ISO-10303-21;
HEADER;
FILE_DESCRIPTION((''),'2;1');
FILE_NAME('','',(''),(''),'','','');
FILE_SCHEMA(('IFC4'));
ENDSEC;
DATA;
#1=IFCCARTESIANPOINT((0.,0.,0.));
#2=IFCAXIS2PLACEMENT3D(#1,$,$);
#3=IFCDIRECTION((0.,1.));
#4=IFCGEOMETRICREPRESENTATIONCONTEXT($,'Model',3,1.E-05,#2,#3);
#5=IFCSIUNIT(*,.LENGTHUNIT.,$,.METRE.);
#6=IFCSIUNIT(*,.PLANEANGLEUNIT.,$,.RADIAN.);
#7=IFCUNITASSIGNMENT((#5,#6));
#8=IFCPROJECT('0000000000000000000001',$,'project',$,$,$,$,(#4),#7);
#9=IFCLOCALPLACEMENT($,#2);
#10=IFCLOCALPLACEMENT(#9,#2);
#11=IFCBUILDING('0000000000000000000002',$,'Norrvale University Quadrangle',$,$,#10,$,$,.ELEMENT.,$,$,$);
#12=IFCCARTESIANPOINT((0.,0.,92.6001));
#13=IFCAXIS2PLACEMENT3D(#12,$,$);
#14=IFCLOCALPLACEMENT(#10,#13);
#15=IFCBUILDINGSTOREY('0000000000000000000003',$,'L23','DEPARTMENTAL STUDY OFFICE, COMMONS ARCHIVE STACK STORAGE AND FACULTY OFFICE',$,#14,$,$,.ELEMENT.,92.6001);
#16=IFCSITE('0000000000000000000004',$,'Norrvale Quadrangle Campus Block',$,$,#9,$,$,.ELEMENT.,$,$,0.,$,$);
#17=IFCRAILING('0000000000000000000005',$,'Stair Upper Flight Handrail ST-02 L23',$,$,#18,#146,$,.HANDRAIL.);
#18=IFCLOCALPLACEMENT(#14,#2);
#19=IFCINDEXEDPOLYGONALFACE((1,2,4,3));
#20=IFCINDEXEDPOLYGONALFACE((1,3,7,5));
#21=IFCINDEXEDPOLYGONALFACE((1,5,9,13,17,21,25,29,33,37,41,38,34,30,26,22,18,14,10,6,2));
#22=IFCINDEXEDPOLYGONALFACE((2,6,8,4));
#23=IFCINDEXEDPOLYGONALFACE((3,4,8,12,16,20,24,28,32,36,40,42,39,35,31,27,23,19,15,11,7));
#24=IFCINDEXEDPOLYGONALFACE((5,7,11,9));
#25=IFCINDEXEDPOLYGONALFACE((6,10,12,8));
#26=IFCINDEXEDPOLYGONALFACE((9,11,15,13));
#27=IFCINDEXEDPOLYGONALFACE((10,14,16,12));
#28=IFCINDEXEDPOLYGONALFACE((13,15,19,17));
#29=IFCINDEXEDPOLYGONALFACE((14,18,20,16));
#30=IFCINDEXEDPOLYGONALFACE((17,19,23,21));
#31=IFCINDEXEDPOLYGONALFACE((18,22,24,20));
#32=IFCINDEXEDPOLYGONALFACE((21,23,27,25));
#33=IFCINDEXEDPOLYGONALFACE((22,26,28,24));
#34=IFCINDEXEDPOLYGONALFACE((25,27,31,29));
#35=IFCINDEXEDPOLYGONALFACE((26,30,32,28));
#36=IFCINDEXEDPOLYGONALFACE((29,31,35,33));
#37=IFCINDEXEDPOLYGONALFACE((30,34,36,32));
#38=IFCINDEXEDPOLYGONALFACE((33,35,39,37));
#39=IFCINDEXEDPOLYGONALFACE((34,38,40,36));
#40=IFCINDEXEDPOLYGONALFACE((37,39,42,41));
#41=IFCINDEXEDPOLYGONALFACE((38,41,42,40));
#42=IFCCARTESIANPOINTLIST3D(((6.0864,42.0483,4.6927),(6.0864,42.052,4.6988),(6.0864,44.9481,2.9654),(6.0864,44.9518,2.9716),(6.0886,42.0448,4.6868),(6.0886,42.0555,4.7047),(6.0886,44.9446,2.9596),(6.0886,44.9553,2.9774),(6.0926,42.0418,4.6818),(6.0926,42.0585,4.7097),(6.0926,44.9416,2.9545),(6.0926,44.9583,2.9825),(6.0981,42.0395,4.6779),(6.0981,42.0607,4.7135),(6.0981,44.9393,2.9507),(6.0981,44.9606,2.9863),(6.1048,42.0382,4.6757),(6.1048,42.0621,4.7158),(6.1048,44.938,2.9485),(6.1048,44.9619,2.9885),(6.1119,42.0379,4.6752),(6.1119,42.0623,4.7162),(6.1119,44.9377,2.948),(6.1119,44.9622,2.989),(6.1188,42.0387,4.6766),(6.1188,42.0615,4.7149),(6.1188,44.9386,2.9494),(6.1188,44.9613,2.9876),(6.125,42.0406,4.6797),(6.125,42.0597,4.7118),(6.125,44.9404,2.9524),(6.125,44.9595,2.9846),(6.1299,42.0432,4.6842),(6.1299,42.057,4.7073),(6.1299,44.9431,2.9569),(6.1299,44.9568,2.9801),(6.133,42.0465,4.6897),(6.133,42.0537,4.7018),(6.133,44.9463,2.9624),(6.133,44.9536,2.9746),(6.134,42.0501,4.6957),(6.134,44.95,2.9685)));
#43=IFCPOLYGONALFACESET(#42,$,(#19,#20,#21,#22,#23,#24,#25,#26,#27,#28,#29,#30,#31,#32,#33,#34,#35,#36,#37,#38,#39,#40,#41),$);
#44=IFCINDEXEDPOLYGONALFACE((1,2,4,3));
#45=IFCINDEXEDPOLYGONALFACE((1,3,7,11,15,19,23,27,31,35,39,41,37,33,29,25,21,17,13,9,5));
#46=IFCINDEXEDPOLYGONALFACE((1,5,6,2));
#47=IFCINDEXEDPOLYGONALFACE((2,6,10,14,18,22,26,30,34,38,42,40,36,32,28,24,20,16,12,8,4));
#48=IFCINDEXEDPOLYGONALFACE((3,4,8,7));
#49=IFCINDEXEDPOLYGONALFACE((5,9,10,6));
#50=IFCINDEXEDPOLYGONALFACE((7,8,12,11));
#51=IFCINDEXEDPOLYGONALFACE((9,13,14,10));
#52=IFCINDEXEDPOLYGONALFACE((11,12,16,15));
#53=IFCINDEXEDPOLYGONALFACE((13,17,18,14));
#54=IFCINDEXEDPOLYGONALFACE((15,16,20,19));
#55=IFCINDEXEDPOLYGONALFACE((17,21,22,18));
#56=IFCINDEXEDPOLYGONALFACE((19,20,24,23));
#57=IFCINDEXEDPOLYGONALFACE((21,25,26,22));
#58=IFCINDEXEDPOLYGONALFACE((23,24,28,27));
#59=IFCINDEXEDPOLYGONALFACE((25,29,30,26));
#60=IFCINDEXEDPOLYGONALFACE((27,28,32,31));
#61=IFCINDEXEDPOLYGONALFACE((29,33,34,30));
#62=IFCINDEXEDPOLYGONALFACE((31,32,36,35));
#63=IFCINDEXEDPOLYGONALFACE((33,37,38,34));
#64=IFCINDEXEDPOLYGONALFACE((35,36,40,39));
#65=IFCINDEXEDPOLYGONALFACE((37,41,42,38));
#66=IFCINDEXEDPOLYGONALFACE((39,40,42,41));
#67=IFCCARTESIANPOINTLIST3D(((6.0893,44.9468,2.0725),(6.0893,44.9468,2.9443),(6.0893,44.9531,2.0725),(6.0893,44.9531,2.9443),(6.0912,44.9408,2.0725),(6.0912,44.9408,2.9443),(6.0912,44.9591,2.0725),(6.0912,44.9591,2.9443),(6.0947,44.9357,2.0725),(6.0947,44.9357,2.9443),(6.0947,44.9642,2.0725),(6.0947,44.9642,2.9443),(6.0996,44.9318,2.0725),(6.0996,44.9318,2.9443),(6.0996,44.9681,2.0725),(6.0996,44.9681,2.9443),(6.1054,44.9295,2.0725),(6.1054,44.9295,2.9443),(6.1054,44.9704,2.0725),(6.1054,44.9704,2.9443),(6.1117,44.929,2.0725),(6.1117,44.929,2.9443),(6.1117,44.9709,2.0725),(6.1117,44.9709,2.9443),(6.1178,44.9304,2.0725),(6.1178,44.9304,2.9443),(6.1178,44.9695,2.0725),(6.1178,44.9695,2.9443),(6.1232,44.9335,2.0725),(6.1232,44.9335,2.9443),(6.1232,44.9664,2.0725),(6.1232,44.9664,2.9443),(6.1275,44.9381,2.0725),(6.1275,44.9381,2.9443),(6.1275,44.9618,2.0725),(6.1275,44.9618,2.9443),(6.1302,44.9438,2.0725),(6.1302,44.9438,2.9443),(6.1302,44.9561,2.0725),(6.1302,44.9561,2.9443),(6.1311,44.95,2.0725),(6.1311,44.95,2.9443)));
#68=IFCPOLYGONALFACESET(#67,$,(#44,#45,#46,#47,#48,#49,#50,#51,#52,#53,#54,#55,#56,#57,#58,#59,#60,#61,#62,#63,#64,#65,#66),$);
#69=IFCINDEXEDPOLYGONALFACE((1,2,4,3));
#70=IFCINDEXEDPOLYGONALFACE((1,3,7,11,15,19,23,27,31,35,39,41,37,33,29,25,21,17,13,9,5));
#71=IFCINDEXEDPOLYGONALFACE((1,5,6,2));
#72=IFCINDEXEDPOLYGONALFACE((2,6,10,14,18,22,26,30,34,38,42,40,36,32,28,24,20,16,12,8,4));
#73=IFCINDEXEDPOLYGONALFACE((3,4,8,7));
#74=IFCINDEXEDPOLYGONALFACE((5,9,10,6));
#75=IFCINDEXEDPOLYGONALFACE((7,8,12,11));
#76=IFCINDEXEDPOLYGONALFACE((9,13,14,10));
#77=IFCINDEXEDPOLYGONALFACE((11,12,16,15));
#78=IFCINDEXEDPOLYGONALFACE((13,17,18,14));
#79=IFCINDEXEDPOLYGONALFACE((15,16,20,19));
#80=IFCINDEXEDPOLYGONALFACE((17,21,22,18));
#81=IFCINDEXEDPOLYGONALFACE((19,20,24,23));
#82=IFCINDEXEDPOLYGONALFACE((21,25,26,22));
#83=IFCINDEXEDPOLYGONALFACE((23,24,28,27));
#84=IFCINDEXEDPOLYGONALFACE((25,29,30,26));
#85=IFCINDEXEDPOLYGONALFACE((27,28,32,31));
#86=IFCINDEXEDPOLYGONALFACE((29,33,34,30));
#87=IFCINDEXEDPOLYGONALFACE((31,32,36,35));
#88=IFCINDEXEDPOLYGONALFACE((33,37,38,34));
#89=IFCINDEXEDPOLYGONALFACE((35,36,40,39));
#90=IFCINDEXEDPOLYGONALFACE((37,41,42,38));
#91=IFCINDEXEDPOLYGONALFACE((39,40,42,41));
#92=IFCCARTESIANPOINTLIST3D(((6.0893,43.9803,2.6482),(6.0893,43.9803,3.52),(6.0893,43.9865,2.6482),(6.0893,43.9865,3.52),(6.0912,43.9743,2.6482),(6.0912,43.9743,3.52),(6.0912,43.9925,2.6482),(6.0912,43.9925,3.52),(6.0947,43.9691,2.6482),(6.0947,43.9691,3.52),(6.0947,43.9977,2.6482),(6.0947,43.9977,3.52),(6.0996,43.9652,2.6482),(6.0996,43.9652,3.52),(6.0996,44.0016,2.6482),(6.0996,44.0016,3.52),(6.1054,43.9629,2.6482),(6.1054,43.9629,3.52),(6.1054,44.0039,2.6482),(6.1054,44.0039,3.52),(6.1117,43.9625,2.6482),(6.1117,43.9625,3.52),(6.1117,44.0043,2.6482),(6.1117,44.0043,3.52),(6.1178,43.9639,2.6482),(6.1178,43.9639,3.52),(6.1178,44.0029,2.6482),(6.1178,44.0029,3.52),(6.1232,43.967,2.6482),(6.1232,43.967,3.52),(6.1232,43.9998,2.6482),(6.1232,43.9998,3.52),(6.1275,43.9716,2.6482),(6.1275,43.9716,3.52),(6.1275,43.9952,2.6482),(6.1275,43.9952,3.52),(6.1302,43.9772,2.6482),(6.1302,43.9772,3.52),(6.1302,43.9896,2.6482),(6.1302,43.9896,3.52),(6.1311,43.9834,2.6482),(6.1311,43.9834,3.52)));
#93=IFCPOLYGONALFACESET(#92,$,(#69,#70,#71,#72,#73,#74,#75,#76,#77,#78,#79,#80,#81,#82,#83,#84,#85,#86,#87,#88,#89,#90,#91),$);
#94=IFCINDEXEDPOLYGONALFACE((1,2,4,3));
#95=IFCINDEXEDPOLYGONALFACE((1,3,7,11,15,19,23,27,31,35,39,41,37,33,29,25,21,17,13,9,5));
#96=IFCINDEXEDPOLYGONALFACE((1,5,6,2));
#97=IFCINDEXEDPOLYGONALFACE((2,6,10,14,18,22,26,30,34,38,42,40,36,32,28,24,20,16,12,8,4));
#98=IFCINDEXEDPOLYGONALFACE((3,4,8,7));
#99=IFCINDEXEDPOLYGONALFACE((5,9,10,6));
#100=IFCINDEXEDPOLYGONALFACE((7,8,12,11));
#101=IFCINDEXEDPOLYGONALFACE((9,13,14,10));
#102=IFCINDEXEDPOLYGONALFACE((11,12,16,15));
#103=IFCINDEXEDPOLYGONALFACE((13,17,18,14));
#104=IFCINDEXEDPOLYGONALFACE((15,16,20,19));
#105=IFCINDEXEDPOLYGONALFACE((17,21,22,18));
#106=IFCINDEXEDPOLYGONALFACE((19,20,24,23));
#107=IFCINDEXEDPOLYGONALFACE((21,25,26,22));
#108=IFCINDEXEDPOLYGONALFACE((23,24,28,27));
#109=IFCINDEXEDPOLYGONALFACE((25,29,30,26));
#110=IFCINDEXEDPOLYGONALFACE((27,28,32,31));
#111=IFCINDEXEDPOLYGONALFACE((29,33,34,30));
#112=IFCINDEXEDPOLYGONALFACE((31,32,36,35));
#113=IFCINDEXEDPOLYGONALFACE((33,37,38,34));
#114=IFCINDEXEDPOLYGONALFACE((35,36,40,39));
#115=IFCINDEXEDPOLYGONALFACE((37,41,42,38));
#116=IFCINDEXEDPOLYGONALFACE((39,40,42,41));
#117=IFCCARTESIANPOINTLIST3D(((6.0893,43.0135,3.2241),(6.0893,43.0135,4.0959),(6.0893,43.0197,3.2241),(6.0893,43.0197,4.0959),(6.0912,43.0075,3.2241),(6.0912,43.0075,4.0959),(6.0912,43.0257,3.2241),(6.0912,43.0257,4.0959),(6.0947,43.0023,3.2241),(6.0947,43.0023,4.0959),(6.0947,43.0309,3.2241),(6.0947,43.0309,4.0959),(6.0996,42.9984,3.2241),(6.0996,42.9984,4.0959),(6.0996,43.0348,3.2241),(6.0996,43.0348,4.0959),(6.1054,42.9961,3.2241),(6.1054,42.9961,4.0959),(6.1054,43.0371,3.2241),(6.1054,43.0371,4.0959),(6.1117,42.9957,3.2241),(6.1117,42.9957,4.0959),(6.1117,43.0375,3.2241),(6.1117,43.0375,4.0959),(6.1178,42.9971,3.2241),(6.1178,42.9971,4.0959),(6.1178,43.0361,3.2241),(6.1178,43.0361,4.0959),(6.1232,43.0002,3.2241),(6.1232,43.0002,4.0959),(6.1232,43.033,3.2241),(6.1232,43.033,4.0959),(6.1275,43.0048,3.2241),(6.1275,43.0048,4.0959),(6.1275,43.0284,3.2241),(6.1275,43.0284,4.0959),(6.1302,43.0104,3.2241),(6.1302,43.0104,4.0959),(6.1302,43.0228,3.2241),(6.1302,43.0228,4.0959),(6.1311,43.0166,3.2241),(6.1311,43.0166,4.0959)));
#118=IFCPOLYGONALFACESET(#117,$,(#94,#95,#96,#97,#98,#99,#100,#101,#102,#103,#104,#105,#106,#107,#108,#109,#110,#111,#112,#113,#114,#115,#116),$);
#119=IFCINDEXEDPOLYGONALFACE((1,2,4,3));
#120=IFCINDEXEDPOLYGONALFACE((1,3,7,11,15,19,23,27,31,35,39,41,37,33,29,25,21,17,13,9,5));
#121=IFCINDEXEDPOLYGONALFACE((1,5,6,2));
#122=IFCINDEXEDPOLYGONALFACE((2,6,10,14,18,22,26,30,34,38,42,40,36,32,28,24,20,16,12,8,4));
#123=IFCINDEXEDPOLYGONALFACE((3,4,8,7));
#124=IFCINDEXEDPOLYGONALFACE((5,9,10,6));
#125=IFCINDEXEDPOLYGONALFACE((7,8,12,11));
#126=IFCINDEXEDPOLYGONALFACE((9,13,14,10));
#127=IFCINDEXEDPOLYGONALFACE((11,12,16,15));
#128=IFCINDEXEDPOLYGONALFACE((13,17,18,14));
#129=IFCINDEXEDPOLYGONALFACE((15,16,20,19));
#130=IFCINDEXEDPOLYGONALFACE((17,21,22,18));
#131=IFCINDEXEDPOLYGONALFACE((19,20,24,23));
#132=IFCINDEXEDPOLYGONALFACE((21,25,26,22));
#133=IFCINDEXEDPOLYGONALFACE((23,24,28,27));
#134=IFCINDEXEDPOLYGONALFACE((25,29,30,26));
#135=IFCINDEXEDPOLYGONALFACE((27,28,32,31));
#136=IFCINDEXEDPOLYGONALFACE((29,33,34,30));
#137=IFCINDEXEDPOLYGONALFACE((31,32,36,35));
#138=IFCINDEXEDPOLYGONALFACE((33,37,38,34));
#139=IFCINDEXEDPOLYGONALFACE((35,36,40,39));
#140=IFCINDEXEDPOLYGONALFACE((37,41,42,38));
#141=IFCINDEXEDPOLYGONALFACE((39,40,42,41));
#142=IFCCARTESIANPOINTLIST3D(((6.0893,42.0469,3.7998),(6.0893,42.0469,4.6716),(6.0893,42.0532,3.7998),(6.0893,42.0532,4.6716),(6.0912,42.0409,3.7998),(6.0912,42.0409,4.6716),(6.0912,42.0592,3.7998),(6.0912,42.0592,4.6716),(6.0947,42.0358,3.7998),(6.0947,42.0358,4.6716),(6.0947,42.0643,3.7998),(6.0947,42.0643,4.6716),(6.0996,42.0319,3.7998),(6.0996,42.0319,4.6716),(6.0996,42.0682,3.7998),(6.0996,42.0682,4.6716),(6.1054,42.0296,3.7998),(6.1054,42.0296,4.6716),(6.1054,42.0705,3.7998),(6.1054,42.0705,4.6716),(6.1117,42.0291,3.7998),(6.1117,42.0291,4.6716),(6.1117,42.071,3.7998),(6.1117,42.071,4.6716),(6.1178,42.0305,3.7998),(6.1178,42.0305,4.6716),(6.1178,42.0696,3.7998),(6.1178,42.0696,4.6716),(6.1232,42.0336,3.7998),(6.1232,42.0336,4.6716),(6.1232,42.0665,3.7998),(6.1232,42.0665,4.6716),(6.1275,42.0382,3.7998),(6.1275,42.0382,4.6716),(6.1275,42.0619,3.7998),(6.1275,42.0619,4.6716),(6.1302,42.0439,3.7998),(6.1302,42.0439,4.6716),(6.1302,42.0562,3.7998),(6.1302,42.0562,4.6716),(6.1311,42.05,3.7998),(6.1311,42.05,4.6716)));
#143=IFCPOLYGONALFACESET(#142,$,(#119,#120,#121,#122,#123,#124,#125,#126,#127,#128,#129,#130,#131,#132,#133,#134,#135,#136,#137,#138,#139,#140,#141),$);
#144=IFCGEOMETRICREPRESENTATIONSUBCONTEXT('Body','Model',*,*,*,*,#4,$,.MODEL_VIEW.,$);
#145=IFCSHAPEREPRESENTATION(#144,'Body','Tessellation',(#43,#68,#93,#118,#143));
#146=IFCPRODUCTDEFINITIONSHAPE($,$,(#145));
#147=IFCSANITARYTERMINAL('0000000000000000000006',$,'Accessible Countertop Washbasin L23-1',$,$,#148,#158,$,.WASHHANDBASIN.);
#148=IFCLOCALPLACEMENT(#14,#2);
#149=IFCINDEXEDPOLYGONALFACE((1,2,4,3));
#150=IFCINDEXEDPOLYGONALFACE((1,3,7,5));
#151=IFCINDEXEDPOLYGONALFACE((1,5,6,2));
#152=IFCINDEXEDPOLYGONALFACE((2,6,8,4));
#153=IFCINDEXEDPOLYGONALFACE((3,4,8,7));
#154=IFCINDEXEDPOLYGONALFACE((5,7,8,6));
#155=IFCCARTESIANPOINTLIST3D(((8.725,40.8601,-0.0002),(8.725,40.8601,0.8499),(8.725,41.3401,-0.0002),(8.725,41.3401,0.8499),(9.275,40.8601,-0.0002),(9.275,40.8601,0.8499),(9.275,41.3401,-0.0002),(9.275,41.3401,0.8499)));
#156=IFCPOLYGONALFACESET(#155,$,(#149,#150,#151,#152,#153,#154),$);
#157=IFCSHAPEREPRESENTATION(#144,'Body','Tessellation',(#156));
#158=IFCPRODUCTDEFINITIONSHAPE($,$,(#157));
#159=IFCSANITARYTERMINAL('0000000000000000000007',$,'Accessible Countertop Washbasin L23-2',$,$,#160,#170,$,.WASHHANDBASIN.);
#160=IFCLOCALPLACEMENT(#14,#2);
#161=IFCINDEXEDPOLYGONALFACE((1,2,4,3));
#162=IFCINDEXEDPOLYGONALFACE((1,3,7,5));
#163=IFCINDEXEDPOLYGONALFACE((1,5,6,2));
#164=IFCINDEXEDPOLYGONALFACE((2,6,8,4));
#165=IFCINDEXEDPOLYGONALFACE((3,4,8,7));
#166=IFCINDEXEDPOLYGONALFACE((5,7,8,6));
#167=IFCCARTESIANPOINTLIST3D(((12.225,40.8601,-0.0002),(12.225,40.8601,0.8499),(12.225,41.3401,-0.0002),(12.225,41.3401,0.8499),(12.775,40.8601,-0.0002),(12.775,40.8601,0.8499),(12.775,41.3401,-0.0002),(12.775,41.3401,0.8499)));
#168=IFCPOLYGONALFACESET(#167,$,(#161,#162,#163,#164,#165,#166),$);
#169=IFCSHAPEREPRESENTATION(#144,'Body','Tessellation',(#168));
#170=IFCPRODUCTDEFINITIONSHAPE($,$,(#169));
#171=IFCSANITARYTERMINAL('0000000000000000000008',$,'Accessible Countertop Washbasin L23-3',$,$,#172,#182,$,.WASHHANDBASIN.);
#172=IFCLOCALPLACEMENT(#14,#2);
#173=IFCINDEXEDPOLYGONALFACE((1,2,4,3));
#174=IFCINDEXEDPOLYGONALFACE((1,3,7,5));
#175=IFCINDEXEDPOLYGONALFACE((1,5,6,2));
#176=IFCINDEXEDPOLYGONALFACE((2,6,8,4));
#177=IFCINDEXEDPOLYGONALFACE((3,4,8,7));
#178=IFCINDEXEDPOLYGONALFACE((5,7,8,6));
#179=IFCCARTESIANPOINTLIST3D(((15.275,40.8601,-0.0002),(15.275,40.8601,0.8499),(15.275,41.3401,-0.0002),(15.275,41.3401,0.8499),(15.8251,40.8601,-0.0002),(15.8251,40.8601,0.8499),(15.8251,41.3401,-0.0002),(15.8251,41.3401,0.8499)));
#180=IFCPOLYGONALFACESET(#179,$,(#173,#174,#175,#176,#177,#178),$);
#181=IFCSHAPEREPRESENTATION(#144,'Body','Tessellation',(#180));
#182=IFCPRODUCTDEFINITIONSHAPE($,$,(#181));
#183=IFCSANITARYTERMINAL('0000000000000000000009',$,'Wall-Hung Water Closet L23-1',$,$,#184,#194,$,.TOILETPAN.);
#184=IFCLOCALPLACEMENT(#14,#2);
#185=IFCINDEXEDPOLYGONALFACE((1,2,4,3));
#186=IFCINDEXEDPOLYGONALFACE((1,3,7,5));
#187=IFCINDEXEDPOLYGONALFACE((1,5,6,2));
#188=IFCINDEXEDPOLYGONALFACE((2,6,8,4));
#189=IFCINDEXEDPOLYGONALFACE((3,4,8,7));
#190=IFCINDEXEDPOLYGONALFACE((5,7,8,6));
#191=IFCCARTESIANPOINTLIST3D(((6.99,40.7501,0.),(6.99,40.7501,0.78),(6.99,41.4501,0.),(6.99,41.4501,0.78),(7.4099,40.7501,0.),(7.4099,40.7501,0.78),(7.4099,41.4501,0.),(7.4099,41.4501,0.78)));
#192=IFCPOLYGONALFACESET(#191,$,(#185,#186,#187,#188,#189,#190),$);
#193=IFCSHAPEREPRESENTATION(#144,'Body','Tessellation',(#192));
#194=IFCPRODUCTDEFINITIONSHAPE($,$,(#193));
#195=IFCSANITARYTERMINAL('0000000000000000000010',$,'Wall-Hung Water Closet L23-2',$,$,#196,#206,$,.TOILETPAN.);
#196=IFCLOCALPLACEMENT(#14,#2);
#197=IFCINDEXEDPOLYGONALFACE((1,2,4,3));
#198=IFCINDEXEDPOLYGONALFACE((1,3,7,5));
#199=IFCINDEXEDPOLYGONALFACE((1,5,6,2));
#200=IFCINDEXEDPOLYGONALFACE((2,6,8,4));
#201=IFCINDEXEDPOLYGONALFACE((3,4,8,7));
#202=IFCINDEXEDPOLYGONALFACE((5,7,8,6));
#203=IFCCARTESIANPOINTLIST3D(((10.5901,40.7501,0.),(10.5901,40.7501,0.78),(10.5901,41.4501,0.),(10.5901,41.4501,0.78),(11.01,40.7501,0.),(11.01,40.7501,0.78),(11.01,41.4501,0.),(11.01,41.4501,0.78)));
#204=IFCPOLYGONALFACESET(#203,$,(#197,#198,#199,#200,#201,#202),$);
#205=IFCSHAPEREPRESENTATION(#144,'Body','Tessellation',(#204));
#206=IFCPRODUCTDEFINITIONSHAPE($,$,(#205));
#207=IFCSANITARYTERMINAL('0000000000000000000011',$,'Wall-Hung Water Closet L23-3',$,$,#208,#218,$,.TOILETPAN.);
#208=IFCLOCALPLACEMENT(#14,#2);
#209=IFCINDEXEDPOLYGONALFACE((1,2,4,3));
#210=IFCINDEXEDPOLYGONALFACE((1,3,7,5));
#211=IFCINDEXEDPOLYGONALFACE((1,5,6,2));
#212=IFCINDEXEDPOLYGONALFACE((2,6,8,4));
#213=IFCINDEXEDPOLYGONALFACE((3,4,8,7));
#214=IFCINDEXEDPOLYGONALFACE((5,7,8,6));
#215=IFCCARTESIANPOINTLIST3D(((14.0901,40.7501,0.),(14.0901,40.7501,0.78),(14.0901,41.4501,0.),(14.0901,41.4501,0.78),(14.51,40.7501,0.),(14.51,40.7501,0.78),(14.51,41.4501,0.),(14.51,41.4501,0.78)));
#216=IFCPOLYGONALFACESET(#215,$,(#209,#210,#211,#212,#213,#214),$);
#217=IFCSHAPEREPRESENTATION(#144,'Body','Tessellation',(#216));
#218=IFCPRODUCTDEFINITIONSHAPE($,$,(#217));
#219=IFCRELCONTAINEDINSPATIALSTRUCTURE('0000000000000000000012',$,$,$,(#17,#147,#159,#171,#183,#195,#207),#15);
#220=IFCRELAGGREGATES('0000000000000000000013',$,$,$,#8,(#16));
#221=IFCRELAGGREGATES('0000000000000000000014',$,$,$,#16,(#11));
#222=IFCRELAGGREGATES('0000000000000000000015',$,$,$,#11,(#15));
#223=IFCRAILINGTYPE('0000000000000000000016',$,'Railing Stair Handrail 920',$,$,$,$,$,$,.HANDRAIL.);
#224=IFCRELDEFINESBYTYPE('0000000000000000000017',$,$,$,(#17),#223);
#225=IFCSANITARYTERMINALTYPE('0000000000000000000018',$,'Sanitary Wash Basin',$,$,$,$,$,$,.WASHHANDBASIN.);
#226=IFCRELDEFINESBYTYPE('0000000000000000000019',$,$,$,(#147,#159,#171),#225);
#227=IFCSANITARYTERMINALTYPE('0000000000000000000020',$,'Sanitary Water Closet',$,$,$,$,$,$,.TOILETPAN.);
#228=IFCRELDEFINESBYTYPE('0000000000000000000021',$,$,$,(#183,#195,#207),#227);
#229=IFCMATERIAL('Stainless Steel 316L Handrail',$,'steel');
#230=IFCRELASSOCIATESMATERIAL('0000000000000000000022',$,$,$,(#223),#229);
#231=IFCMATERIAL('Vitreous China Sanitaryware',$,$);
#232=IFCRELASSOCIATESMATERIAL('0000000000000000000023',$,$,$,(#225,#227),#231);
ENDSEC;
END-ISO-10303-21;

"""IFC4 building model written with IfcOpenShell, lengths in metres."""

from ifc_helpers import new_model, si_unit, direction, frame, origin, origin_2d, place, context, subcontext, project, spatial, rectangle, circle, extrude, material, type_object, element, save


model = new_model("IFC4")

# Units and contexts
model_context = context("Model", 3, precision=1e-05, world=origin(), true_north=direction((0.0, 1.0)))
body_context = subcontext(model_context, "Body", "Model", "MODEL_VIEW")
ifc_project = project(units=[si_unit("LENGTHUNIT", "METRE"), si_unit("PLANEANGLEUNIT", "RADIAN")], contexts=[model_context])

# Site, building, storey
site_placement = place(None, origin())
site = spatial("IfcSite", under=ifc_project, at=site_placement, Name="Norrvale Quadrangle Campus Block", CompositionType="ELEMENT", RefElevation=0.0)
building_placement = place(site_placement, origin())
building = spatial("IfcBuilding", under=site, at=building_placement, Name="Norrvale University Quadrangle", CompositionType="ELEMENT")
storey_placement = place(building_placement, frame((0.0, 0.0, 92.6001)))
storey = spatial("IfcBuildingStorey", under=building, at=storey_placement, Name="L23", Description="DEPARTMENTAL STUDY OFFICE, COMMONS ARCHIVE STACK STORAGE AND FACULTY OFFICE", CompositionType="ELEMENT", Elevation=92.6001)

# Railing
ifc_material_1 = material(Name="Stainless Steel 316L Handrail", Category="steel")
railing_type_1 = type_object("IfcRailingType", Name="Railing Stair Handrail 920", PredefinedType="HANDRAIL", material=ifc_material_1)
railing_1_placement = place(storey_placement, frame((6.1101, 44.95, 2.0725)))
element("IfcRailing", 1, at=railing_1_placement, inside=storey, type_object=railing_type_1, Name="Stair Upper Flight Handrail ST-02 L23", PredefinedType="HANDRAIL", context=body_context, shape_type="SweptSolid", body=[
    extrude(circle(Radius=0.0239, at=origin_2d()), frame((0.0, 0.0, 0.896), z_axis=(0.0, -0.859141, 0.511738), x_axis=(1.0, 0.0, 0.0)), (0.0, 0.0, 1.0), 3.3752),
    extrude(circle(Radius=0.021, at=origin_2d()), origin(), (0.0, 0.0, 1.0), 0.8718),
    extrude(circle(Radius=0.021, at=origin_2d()), frame((0.0, -0.9666, 0.5757)), (0.0, 0.0, 1.0), 0.8718),
    extrude(circle(Radius=0.021, at=origin_2d()), frame((0.0, -1.9333, 1.1516)), (0.0, 0.0, 1.0), 0.8718),
    extrude(circle(Radius=0.021, at=origin_2d()), frame((0.0, -2.8999, 1.7273)), (0.0, 0.0, 1.0), 0.8718),
])

# Sanitary terminals
ifc_material_2 = material(Name="Vitreous China Sanitaryware")
sanitary_terminal_type_1 = type_object("IfcSanitaryTerminalType", Name="Sanitary Wash Basin", PredefinedType="WASHHANDBASIN", material=ifc_material_2)
for number, where, z_axis, x_axis, name in (
    (2, (9.0, 41.1001, -0.0002), (0.0, 0.0, 1.0), (1.0, 0.0, 0.0), "Accessible Countertop Washbasin L23-1"),
    (3, (12.5, 41.1001, -0.0002), (0.0, 0.0, 1.0), (1.0, 0.0, 0.0), "Accessible Countertop Washbasin L23-2"),
    (4, (15.55, 41.1001, -0.0002), (0.0, 0.0, 1.0), (1.0, 0.0, 0.0), "Accessible Countertop Washbasin L23-3"),
):
    element("IfcSanitaryTerminal", number, at=place(storey_placement, frame(where, z_axis=z_axis, x_axis=x_axis)), inside=storey, type_object=sanitary_terminal_type_1, Name=name, PredefinedType="WASHHANDBASIN", context=body_context, shape_type="SweptSolid", body=[
        extrude(rectangle(XDim=0.55, YDim=0.48, at=origin_2d()), origin(), (0.0, 0.0, 1.0), 0.8501),
    ])
sanitary_terminal_type_2 = type_object("IfcSanitaryTerminalType", Name="Sanitary Water Closet", PredefinedType="TOILETPAN", material=ifc_material_2)
for number, where, z_axis, x_axis, name in (
    (5, (7.2, 41.1001, 0.0), (0.0, 0.0, 1.0), (1.0, 0.0, 0.0), "Wall-Hung Water Closet L23-1"),
    (6, (10.8, 41.1001, 0.0), (0.0, 0.0, 1.0), (1.0, 0.0, 0.0), "Wall-Hung Water Closet L23-2"),
    (7, (14.3, 41.1001, 0.0), (0.0, 0.0, 1.0), (1.0, 0.0, 0.0), "Wall-Hung Water Closet L23-3"),
):
    element("IfcSanitaryTerminal", number, at=place(storey_placement, frame(where, z_axis=z_axis, x_axis=x_axis)), inside=storey, type_object=sanitary_terminal_type_2, Name=name, PredefinedType="TOILETPAN", context=body_context, shape_type="SweptSolid", body=[
        extrude(rectangle(XDim=0.4199, YDim=0.7, at=origin_2d()), origin(), (0.0, 0.0, 1.0), 0.78),
    ])

save(model, "model.ifc")
